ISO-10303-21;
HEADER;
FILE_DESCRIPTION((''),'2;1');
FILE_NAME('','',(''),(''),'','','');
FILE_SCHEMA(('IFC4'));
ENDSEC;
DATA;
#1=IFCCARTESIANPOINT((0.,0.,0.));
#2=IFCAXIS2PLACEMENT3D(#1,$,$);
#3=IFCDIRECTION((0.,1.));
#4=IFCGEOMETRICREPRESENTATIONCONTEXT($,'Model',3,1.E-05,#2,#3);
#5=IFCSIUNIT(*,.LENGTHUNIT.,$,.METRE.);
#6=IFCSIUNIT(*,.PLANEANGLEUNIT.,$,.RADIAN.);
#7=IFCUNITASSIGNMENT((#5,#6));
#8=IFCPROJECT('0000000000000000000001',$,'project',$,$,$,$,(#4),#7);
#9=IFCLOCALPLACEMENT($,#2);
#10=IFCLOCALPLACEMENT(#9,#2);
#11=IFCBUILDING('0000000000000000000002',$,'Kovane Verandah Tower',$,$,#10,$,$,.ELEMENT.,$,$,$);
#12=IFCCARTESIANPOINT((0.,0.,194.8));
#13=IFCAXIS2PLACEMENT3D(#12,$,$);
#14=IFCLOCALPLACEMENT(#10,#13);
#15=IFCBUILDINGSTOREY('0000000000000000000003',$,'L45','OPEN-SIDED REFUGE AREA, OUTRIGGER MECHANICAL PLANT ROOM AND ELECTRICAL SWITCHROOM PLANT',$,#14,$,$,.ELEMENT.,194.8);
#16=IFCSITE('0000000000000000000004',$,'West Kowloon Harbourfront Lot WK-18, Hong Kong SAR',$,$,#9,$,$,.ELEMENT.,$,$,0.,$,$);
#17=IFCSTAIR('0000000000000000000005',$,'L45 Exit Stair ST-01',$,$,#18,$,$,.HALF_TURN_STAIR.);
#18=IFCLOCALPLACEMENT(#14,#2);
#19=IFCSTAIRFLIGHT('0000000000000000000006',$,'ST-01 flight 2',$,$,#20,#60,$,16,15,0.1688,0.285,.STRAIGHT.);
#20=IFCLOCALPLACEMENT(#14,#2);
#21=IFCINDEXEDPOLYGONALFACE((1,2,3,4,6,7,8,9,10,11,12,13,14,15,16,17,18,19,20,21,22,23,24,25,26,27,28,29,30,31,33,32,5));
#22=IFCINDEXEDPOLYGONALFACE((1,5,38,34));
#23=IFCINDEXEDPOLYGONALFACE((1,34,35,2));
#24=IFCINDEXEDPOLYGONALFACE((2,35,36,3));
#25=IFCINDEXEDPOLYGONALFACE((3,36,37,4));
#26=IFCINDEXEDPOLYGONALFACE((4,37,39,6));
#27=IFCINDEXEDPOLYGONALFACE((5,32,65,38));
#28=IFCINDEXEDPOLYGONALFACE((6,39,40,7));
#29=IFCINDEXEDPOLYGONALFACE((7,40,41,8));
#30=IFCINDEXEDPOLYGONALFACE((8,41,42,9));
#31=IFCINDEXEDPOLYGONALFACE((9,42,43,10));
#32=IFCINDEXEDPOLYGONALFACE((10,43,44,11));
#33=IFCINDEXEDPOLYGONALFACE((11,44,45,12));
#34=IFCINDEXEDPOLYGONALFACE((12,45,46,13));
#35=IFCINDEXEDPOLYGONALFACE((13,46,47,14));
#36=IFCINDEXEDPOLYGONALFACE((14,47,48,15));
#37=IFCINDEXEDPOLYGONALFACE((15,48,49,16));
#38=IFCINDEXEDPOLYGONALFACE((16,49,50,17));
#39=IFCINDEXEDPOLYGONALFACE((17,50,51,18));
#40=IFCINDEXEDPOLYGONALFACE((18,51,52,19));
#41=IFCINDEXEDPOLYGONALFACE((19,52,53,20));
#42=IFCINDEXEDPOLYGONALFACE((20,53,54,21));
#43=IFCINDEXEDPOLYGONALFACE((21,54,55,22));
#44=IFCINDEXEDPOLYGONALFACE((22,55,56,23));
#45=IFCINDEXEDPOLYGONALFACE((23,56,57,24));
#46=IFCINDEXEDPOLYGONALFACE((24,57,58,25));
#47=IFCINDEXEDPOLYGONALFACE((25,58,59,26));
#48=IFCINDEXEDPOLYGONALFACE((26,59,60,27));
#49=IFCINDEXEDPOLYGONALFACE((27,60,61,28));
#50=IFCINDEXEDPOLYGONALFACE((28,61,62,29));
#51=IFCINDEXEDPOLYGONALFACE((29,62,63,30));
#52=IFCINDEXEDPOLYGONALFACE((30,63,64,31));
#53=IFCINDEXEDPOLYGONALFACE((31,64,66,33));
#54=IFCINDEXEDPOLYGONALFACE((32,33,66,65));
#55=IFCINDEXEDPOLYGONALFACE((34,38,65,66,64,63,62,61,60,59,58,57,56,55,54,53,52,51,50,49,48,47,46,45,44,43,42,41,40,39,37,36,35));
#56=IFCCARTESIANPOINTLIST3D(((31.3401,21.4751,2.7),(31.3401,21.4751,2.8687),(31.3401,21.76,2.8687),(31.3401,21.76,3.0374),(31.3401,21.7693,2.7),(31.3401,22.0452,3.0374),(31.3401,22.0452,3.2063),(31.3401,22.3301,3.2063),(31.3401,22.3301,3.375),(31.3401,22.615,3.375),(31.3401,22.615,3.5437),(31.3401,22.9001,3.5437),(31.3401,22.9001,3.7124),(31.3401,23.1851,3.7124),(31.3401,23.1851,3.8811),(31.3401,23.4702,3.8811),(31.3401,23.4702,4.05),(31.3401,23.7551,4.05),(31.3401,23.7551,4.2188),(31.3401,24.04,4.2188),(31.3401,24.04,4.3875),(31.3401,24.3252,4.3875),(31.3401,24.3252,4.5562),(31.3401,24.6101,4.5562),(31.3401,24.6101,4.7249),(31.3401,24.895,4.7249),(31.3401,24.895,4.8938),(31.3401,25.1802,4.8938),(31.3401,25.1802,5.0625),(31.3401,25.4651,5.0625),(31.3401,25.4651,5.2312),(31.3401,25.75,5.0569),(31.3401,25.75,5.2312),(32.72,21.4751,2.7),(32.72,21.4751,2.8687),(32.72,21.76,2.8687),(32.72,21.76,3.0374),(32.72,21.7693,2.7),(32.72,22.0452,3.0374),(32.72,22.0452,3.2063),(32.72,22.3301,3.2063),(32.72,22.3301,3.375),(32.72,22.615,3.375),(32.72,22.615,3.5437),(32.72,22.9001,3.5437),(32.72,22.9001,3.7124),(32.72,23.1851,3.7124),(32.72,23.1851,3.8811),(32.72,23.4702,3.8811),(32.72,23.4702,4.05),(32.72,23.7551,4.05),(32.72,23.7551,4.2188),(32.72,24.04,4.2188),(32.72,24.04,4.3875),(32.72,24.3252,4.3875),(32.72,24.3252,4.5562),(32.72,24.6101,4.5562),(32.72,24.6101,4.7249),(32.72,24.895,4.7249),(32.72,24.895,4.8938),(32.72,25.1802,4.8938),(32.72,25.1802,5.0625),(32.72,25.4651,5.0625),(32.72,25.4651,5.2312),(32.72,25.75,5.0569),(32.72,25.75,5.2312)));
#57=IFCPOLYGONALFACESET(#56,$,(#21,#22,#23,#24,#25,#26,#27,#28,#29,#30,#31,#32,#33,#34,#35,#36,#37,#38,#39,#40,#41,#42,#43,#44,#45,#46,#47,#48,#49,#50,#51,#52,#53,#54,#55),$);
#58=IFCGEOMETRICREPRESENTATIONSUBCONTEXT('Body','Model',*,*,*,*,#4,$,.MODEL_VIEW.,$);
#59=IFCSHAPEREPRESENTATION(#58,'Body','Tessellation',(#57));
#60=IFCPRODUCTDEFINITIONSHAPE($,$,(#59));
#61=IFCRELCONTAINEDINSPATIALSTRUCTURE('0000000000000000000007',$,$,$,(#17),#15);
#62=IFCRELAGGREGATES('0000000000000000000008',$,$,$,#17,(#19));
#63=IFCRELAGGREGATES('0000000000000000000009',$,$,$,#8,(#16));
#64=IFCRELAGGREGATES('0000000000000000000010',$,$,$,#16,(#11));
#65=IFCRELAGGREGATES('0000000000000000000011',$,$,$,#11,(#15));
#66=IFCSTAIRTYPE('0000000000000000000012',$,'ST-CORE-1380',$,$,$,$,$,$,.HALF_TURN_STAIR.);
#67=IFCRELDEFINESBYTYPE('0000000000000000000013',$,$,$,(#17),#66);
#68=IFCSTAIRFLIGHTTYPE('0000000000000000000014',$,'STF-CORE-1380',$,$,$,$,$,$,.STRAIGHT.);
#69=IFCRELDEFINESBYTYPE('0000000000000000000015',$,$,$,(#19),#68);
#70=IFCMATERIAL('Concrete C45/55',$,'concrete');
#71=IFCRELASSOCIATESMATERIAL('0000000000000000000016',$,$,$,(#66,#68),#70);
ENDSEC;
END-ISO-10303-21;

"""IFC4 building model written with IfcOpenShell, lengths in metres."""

from ifc_helpers import new_model, si_unit, direction, frame, origin, place, context, subcontext, project, spatial, polyline, outline, extrude, material, type_object, element, aggregate, save


model = new_model("IFC4")

# Units and contexts
model_context = context("Model", 3, precision=1e-05, world=origin(), true_north=direction((0.0, 1.0)))
body_context = subcontext(model_context, "Body", "Model", "MODEL_VIEW")
ifc_project = project(units=[si_unit("LENGTHUNIT", "METRE"), si_unit("PLANEANGLEUNIT", "RADIAN")], contexts=[model_context])

# Site, building, storey
site_placement = place(None, origin())
site = spatial("IfcSite", under=ifc_project, at=site_placement, Name="West Kowloon Harbourfront Lot WK-18, Hong Kong SAR", CompositionType="ELEMENT", RefElevation=0.0)
building_placement = place(site_placement, origin())
building = spatial("IfcBuilding", under=site, at=building_placement, Name="Kovane Verandah Tower", CompositionType="ELEMENT")
storey_placement = place(building_placement, frame((0.0, 0.0, 194.8)))
storey = spatial("IfcBuildingStorey", under=building, at=storey_placement, Name="L45", Description="OPEN-SIDED REFUGE AREA, OUTRIGGER MECHANICAL PLANT ROOM AND ELECTRICAL SWITCHROOM PLANT", CompositionType="ELEMENT", Elevation=194.8)

# Shared definitions
ifc_material_1 = material(Name="Concrete C45/55", Category="concrete")

# Stair, stair flight
stair_type = type_object("IfcStairType", Name="ST-CORE-1380", PredefinedType="HALF_TURN_STAIR", material=ifc_material_1)
stair_placement = place(storey_placement, origin())
stair = element("IfcStair", 1, at=stair_placement, inside=storey, type_object=stair_type, Name="L45 Exit Stair ST-01", PredefinedType="HALF_TURN_STAIR")
stair_flight_type = type_object("IfcStairFlightType", Name="STF-CORE-1380", PredefinedType="STRAIGHT", material=ifc_material_1)
stair_flight_1_placement = place(storey_placement, frame((32.03, 21.4751, 2.7), z_axis=(0.0, 0.0, 1.0), x_axis=(0.0, 1.0, 0.0)))
stair_flight_1 = element("IfcStairFlight", 2, at=stair_flight_1_placement, type_object=stair_flight_type, Name="ST-01 flight 2", NumberOfRisers=16, NumberOfTreads=15, PredefinedType="STRAIGHT", RiserHeight=0.1688, TreadLength=0.285, context=body_context, shape_type="SweptSolid", body=[
    extrude(outline(polyline([(0.0, 0.0), (0.0, 0.1687), (0.2849, 0.1687), (0.2849, 0.3374), (0.5701, 0.3374), (0.5701, 0.5063), (0.855, 0.5063), (0.855, 0.675), (1.1399, 0.675), (1.1399, 0.8438), (1.425, 0.8438), (1.425, 1.0125), (1.71, 1.0125), (1.71, 1.1812), (1.9951, 1.1812), (1.9951, 1.3501), (2.28, 1.3501), (2.28, 1.5188), (2.5649, 1.5188), (2.5649, 1.6875), (2.8501, 1.6875), (2.8501, 1.8562), (3.135, 1.8562), (3.135, 2.0249), (3.4199, 2.0249), (3.4199, 2.1938), (3.7051, 2.1938), (3.7051, 2.3625), (3.99, 2.3625), (3.99, 2.5312), (4.2749, 2.5312), (4.2749, 2.7), (4.2749, 2.3569), (0.2942, 0.0), (0.0, 0.0)])), frame((0.0, 0.6899, 0.0), z_axis=(0.0, -1.0, 0.0), x_axis=(1.0, 0.0, 0.0)), (0.0, 0.0, 1.0), 1.3799),
])
aggregate(stair, [stair_flight_1])

save(model, "model.ifc")
